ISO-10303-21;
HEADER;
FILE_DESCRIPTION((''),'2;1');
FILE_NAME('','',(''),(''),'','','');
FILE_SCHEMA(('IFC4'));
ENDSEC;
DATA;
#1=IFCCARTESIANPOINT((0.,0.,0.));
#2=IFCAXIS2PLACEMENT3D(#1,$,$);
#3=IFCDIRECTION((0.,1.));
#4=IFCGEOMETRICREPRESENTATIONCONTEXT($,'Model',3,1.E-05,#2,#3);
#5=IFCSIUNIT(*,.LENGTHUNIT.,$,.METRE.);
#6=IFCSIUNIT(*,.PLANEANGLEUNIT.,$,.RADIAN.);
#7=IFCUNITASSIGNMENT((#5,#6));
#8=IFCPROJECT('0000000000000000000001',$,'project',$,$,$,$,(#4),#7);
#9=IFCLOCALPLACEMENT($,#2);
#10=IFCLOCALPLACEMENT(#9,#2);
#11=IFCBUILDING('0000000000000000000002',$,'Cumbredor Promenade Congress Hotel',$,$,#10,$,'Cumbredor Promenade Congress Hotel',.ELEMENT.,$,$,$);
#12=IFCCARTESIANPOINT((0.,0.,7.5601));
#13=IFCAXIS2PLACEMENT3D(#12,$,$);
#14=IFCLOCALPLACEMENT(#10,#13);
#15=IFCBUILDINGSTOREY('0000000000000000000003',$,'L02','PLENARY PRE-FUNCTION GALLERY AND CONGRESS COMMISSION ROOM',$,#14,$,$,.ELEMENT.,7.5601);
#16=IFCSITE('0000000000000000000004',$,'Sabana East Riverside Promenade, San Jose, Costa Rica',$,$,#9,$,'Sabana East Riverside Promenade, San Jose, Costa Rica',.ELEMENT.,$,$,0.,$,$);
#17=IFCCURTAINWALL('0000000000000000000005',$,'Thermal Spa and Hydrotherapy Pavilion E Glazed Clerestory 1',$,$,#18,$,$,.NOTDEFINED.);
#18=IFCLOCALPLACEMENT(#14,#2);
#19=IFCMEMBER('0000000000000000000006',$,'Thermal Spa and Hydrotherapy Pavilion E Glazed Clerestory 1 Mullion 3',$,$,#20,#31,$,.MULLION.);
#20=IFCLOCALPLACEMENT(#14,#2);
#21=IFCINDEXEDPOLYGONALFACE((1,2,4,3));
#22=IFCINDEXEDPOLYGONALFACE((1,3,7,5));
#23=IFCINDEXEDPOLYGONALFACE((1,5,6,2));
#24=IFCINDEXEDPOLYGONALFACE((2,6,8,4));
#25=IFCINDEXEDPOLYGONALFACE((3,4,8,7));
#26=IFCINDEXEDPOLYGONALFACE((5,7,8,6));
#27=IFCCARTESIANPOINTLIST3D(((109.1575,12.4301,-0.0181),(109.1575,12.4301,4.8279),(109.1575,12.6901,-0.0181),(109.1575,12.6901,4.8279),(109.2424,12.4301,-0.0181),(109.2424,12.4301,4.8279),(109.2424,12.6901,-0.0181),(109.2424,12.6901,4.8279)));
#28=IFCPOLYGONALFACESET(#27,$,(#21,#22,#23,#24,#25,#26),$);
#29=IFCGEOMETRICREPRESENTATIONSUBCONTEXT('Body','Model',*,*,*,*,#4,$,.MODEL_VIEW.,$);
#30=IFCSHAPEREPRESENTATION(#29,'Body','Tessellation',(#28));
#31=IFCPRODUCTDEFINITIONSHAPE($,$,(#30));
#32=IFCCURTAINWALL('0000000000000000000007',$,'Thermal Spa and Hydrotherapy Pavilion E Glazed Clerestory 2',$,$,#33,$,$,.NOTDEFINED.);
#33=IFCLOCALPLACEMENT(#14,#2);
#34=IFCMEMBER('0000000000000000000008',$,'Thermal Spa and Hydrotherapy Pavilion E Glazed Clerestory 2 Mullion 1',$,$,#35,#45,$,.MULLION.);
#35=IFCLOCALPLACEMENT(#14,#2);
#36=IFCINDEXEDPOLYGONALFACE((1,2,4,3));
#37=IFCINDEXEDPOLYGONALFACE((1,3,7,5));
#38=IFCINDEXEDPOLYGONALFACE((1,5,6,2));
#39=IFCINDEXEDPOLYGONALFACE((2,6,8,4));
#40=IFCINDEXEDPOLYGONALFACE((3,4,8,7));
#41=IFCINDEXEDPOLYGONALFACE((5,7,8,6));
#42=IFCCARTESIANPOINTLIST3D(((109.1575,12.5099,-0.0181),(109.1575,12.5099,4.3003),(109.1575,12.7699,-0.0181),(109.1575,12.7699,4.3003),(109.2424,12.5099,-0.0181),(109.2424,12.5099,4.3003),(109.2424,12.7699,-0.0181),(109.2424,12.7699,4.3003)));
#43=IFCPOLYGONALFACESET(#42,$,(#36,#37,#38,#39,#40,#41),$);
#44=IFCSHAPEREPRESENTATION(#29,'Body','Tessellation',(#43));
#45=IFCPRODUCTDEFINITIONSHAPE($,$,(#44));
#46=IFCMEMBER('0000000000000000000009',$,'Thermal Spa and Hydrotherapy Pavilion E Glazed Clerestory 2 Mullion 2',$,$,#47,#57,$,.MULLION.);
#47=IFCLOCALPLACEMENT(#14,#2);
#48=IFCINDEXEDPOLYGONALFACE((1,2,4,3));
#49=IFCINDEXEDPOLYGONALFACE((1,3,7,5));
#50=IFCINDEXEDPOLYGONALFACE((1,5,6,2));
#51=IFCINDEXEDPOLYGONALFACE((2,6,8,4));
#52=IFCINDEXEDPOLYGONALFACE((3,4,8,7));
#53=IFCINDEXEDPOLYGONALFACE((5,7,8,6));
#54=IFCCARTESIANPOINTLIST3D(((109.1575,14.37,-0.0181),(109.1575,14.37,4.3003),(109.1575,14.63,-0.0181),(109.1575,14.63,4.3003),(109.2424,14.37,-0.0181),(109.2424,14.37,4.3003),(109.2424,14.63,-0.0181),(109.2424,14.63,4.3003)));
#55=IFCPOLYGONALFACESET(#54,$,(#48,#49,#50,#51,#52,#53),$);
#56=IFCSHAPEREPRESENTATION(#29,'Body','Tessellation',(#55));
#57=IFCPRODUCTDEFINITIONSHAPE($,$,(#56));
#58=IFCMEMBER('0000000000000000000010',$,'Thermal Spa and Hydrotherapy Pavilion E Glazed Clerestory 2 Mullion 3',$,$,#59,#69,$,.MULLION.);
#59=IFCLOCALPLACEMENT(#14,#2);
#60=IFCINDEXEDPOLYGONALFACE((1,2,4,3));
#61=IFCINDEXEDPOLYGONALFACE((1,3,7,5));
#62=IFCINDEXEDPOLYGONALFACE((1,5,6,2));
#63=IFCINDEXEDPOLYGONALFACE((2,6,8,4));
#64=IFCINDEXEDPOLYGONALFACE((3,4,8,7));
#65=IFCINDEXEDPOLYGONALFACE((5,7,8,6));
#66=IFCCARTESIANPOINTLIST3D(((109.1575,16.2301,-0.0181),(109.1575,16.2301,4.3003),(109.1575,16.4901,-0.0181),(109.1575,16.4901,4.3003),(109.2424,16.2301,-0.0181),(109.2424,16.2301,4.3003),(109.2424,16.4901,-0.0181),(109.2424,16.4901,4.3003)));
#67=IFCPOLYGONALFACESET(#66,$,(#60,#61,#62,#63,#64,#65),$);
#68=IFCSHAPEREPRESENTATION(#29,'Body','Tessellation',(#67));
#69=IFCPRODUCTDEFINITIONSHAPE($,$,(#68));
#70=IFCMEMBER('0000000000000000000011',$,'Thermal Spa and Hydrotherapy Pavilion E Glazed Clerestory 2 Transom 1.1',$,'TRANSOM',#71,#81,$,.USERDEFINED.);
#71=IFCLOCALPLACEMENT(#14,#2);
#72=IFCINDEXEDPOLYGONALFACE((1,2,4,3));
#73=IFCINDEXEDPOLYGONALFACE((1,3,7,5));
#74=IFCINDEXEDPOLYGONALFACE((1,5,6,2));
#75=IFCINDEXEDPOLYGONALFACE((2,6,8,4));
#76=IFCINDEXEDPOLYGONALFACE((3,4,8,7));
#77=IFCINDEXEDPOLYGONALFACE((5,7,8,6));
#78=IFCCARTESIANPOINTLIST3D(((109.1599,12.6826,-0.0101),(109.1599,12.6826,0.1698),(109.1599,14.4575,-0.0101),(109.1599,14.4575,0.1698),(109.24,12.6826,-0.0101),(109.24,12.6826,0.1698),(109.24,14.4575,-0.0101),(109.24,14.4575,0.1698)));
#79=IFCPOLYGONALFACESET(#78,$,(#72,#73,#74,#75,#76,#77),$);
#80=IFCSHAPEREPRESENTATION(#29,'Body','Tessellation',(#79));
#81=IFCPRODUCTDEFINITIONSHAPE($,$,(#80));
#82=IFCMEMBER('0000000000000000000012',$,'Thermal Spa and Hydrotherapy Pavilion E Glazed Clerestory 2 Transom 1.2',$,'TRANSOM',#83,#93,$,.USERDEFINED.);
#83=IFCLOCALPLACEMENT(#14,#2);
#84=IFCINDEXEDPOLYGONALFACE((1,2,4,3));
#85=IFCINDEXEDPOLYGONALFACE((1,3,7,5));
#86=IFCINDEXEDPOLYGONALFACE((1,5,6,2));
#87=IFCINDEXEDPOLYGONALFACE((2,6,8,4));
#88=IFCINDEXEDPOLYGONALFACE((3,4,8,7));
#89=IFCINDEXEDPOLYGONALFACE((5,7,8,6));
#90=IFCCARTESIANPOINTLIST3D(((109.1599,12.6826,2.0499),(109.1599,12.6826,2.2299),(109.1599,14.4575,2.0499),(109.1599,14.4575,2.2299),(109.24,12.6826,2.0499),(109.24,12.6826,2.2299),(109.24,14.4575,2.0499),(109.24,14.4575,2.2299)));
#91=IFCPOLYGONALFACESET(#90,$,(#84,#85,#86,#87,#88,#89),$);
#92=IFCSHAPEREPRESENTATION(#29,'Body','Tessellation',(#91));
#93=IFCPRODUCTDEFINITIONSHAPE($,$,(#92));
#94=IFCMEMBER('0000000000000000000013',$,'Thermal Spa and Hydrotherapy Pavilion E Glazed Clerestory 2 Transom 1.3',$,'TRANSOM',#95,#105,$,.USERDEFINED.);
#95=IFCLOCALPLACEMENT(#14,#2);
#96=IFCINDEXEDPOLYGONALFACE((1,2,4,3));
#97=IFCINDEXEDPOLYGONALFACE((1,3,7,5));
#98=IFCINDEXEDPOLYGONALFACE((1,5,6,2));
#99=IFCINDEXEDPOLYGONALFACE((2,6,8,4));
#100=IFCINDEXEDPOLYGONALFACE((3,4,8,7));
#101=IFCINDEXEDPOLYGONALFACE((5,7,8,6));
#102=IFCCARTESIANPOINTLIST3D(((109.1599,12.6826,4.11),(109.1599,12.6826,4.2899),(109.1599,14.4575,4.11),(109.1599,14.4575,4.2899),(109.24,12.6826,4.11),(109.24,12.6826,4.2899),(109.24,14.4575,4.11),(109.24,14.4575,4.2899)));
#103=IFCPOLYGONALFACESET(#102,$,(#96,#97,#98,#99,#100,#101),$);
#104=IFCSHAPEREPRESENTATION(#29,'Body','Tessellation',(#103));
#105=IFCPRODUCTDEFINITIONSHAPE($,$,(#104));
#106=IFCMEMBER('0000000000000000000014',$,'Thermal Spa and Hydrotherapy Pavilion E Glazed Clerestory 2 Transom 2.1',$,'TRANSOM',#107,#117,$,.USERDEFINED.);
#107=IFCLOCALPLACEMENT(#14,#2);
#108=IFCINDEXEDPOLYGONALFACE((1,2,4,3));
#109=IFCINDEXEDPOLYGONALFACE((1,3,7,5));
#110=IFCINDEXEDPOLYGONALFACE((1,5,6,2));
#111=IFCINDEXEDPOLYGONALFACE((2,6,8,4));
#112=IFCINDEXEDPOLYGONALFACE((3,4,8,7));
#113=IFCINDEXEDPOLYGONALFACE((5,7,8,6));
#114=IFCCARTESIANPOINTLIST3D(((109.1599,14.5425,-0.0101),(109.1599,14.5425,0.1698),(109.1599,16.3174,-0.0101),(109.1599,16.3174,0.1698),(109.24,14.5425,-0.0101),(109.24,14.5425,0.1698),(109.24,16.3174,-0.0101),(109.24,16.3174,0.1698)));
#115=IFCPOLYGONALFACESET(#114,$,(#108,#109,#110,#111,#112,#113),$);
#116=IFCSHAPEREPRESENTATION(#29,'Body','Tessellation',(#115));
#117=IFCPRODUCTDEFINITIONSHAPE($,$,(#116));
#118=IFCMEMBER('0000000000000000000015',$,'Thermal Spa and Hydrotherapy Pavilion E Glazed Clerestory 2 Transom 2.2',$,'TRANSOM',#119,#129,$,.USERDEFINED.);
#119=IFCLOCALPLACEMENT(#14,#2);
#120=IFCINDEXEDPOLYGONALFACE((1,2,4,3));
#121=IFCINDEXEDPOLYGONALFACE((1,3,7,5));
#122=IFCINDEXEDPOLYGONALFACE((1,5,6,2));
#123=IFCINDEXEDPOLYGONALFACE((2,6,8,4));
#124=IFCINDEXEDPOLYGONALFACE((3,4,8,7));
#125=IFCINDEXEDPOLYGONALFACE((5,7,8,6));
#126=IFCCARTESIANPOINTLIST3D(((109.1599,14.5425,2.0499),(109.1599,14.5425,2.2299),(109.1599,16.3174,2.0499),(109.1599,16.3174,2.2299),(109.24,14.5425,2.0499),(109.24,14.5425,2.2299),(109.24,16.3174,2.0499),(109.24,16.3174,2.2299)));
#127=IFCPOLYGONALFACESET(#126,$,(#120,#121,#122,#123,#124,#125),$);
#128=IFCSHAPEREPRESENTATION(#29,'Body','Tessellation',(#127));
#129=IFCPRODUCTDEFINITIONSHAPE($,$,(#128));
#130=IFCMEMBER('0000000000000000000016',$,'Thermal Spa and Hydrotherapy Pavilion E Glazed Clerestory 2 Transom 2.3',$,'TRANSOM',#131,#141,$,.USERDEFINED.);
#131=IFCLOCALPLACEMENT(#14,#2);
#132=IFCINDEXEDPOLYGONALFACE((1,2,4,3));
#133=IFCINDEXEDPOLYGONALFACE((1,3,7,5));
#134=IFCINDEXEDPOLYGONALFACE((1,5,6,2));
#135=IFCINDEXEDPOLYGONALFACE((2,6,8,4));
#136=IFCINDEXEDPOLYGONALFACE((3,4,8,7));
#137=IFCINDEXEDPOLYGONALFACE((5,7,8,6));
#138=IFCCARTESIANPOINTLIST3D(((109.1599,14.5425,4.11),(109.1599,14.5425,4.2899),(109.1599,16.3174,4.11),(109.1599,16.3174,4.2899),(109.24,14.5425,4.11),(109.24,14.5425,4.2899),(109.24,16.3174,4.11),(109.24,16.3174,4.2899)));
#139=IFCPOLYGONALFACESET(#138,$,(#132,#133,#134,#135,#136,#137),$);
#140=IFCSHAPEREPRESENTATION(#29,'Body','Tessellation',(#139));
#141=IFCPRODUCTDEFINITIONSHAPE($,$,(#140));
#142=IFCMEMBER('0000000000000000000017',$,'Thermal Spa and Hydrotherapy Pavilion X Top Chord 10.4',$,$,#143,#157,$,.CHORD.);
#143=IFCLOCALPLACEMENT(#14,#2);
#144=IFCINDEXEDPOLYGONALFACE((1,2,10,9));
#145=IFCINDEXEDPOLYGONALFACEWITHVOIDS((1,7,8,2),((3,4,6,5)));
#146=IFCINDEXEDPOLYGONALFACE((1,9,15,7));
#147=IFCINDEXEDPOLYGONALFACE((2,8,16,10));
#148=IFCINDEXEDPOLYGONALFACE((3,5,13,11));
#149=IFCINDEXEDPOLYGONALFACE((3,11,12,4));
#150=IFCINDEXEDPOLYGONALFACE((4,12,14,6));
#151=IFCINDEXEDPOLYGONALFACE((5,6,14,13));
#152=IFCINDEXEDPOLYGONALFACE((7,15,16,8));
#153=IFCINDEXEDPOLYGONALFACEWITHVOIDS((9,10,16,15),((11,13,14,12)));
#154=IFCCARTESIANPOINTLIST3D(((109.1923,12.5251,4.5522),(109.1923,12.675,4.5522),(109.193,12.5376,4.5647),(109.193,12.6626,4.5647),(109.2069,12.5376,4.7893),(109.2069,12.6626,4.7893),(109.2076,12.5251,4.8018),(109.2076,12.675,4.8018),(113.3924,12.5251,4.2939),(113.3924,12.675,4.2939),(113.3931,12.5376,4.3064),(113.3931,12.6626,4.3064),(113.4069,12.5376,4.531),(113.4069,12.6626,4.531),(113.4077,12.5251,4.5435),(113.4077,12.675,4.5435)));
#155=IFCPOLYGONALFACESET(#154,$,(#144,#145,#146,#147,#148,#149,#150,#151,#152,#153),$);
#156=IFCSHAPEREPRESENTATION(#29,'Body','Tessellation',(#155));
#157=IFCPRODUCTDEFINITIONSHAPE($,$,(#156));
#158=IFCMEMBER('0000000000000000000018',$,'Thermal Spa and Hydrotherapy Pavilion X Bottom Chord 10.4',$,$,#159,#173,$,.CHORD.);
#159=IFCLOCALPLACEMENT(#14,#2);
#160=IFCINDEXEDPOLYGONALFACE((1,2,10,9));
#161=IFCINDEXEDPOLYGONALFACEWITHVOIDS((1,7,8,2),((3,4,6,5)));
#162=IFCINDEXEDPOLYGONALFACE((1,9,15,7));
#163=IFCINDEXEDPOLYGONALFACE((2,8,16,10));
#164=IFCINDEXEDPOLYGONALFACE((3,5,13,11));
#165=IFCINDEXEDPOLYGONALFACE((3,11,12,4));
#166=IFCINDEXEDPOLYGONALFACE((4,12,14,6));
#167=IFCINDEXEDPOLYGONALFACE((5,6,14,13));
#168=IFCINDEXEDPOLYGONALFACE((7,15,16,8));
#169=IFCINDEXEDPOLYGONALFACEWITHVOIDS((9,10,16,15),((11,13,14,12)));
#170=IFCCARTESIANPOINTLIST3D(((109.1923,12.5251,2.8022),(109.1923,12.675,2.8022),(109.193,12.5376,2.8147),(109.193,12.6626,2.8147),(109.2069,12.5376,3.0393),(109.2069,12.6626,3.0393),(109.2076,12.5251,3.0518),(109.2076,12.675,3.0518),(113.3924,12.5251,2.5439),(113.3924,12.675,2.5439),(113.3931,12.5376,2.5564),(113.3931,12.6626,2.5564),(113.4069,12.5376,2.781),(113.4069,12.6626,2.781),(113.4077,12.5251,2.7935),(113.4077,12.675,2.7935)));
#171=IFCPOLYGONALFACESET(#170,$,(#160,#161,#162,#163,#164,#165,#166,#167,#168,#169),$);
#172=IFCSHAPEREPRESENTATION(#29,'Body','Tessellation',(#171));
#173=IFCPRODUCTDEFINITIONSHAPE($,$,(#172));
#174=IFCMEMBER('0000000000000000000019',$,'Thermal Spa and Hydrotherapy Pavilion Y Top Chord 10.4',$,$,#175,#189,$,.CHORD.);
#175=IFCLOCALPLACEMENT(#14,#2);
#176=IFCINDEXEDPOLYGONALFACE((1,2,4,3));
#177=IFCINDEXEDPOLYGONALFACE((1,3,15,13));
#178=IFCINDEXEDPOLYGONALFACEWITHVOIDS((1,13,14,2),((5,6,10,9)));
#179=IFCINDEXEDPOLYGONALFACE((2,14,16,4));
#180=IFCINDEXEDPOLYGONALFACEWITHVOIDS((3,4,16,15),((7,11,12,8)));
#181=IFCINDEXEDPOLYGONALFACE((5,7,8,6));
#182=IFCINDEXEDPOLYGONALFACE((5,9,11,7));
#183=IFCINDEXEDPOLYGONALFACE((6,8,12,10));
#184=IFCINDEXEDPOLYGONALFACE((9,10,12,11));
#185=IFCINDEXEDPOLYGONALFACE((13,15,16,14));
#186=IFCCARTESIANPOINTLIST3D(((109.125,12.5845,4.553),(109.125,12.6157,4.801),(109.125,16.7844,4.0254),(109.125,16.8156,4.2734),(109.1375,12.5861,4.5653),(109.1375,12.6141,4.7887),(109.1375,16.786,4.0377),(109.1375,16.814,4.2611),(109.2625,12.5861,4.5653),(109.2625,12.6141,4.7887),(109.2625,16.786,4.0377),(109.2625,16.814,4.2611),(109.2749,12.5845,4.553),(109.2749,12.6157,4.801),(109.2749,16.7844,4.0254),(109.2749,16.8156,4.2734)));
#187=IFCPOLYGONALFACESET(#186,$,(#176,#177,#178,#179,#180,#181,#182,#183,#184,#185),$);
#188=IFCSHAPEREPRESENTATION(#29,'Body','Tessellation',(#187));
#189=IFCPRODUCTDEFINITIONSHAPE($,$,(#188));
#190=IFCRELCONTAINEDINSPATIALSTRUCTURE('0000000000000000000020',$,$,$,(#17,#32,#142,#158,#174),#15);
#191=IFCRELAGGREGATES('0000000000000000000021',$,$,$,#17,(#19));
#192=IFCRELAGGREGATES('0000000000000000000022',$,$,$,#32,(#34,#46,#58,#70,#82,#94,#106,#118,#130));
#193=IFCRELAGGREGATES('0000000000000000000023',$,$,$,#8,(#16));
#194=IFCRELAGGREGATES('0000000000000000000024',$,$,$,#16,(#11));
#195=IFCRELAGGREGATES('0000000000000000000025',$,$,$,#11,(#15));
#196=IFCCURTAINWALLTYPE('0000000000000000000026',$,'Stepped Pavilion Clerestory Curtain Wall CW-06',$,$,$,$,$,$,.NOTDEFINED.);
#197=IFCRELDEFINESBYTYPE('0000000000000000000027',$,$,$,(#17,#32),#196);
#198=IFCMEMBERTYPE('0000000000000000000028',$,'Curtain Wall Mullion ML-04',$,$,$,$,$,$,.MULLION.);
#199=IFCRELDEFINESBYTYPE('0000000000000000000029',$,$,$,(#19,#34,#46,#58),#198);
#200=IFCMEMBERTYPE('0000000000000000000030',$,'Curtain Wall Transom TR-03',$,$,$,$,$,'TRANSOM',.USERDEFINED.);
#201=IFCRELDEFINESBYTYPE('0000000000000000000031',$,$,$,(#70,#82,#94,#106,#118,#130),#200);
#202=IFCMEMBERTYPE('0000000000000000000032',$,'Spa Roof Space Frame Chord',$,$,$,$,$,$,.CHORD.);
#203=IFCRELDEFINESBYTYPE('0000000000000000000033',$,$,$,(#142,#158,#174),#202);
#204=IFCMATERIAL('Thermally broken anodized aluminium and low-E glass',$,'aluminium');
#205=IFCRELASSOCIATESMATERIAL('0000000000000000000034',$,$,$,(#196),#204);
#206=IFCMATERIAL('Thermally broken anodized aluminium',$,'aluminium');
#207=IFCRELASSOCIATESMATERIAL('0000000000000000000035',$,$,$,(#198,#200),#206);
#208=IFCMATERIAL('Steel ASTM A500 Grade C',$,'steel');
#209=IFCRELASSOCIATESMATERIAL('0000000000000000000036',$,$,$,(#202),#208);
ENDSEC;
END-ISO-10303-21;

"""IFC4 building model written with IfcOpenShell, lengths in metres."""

from ifc_helpers import new_model, si_unit, direction, frame, origin, origin_2d, place, context, subcontext, project, spatial, rectangle, hollow_rectangle, extrude, material, material_profile, profile_set, type_object, element, aggregate, save


model = new_model("IFC4")

# Units and contexts
model_context = context("Model", 3, precision=1e-05, world=origin(), true_north=direction((0.0, 1.0)))
body_context = subcontext(model_context, "Body", "Model", "MODEL_VIEW")
ifc_project = project(units=[si_unit("LENGTHUNIT", "METRE"), si_unit("PLANEANGLEUNIT", "RADIAN")], contexts=[model_context])

# Site, building, storey
site_placement = place(None, origin())
site = spatial("IfcSite", under=ifc_project, at=site_placement, Name="Sabana East Riverside Promenade, San Jose, Costa Rica", LongName="Sabana East Riverside Promenade, San Jose, Costa Rica", CompositionType="ELEMENT", RefElevation=0.0)
building_placement = place(site_placement, origin())
building = spatial("IfcBuilding", under=site, at=building_placement, Name="Cumbredor Promenade Congress Hotel", LongName="Cumbredor Promenade Congress Hotel", CompositionType="ELEMENT")
storey_placement = place(building_placement, frame((0.0, 0.0, 7.5601)))
storey = spatial("IfcBuildingStorey", under=building, at=storey_placement, Name="L02", Description="PLENARY PRE-FUNCTION GALLERY AND CONGRESS COMMISSION ROOM", CompositionType="ELEMENT", Elevation=7.5601)

# Curtain wall, member
ifc_material_1 = material(Name="Thermally broken anodized aluminium and low-E glass", Category="aluminium")
curtain_wall_type = type_object("IfcCurtainWallType", Name="Stepped Pavilion Clerestory Curtain Wall CW-06", PredefinedType="NOTDEFINED", material=ifc_material_1)
curtain_wall_1_placement = place(storey_placement, origin())
curtain_wall_1 = element("IfcCurtainWall", 1, at=curtain_wall_1_placement, inside=storey, type_object=curtain_wall_type, Name="Thermal Spa and Hydrotherapy Pavilion E Glazed Clerestory 1", PredefinedType="NOTDEFINED")
ifc_material_2 = material(Name="Thermally broken anodized aluminium", Category="aluminium")
ifc_material_profile_1 = material_profile(ifc_material_2, rectangle(XDim=0.085, YDim=0.26, at=origin_2d()), Name="ALU MULLION CLERESTORY 85x260")
ifc_profile_set_1 = profile_set([ifc_material_profile_1], Name="Thermally broken anodized aluminium")
member_type_1 = type_object("IfcMemberType", Name="Curtain Wall Mullion ML-04", PredefinedType="MULLION", material=ifc_profile_set_1)
member_1_placement = place(storey_placement, frame((109.2, 12.5601, -0.0181), z_axis=(0.0, 0.0, 1.0), x_axis=(1.0, 0.0, 0.0)))
member_1 = element("IfcMember", 2, at=member_1_placement, type_object=member_type_1, Name="Thermal Spa and Hydrotherapy Pavilion E Glazed Clerestory 1 Mullion 3", PredefinedType="MULLION", context=body_context, shape_type="SweptSolid", body=[
    extrude(rectangle(XDim=0.085, YDim=0.26, at=origin_2d()), origin(), (0.0, 0.0, 1.0), 4.8459),
])

# Curtain wall, members
curtain_wall_2_placement = place(storey_placement, origin())
curtain_wall_2 = element("IfcCurtainWall", 3, at=curtain_wall_2_placement, inside=storey, type_object=curtain_wall_type, Name="Thermal Spa and Hydrotherapy Pavilion E Glazed Clerestory 2", PredefinedType="NOTDEFINED")
member_2_placement = place(storey_placement, frame((109.2, 12.6399, -0.0181), z_axis=(0.0, 0.0, 1.0), x_axis=(1.0, 0.0, 0.0)))
member_2 = element("IfcMember", 4, at=member_2_placement, type_object=member_type_1, Name="Thermal Spa and Hydrotherapy Pavilion E Glazed Clerestory 2 Mullion 1", PredefinedType="MULLION", context=body_context, shape_type="SweptSolid", body=[
    extrude(rectangle(XDim=0.085, YDim=0.26, at=origin_2d()), origin(), (0.0, 0.0, 1.0), 4.3184),
])
member_3_placement = place(storey_placement, frame((109.2, 14.5, -0.0181), z_axis=(0.0, 0.0, 1.0), x_axis=(1.0, 0.0, 0.0)))
member_3 = element("IfcMember", 5, at=member_3_placement, type_object=member_type_1, Name="Thermal Spa and Hydrotherapy Pavilion E Glazed Clerestory 2 Mullion 2", PredefinedType="MULLION", context=body_context, shape_type="SweptSolid", body=[
    extrude(rectangle(XDim=0.085, YDim=0.26, at=origin_2d()), origin(), (0.0, 0.0, 1.0), 4.3184),
])
member_4_placement = place(storey_placement, frame((109.2, 16.3601, -0.0181), z_axis=(0.0, 0.0, 1.0), x_axis=(1.0, 0.0, 0.0)))
member_4 = element("IfcMember", 6, at=member_4_placement, type_object=member_type_1, Name="Thermal Spa and Hydrotherapy Pavilion E Glazed Clerestory 2 Mullion 3", PredefinedType="MULLION", context=body_context, shape_type="SweptSolid", body=[
    extrude(rectangle(XDim=0.085, YDim=0.26, at=origin_2d()), origin(), (0.0, 0.0, 1.0), 4.3184),
])
ifc_material_profile_2 = material_profile(ifc_material_2, rectangle(XDim=0.0801, YDim=0.1799, at=origin_2d()), Name="ALU TRANSOM 80x180")
ifc_profile_set_2 = profile_set([ifc_material_profile_2], Name="Thermally broken anodized aluminium")
member_type_2 = type_object("IfcMemberType", Name="Curtain Wall Transom TR-03", ElementType="TRANSOM", PredefinedType="USERDEFINED", material=ifc_profile_set_2)
member_5_placement = place(storey_placement, frame((109.2, 12.6826, 0.0798), z_axis=(0.0, 1.0, 0.0), x_axis=(-1.0, 0.0, 0.0)))
member_5 = element("IfcMember", 7, at=member_5_placement, type_object=member_type_2, Name="Thermal Spa and Hydrotherapy Pavilion E Glazed Clerestory 2 Transom 1.1", ObjectType="TRANSOM", PredefinedType="USERDEFINED", context=body_context, shape_type="SweptSolid", body=[
    extrude(rectangle(XDim=0.0801, YDim=0.1799, at=origin_2d()), origin(), (0.0, 0.0, 1.0), 1.7749),
])
member_6_placement = place(storey_placement, frame((109.2, 12.6826, 2.1399), z_axis=(0.0, 1.0, 0.0), x_axis=(-1.0, 0.0, 0.0)))
member_6 = element("IfcMember", 8, at=member_6_placement, type_object=member_type_2, Name="Thermal Spa and Hydrotherapy Pavilion E Glazed Clerestory 2 Transom 1.2", ObjectType="TRANSOM", PredefinedType="USERDEFINED", context=body_context, shape_type="SweptSolid", body=[
    extrude(rectangle(XDim=0.0801, YDim=0.1799, at=origin_2d()), origin(), (0.0, 0.0, 1.0), 1.7749),
])
member_7_placement = place(storey_placement, frame((109.2, 12.6826, 4.2), z_axis=(0.0, 1.0, 0.0), x_axis=(-1.0, 0.0, 0.0)))
member_7 = element("IfcMember", 9, at=member_7_placement, type_object=member_type_2, Name="Thermal Spa and Hydrotherapy Pavilion E Glazed Clerestory 2 Transom 1.3", ObjectType="TRANSOM", PredefinedType="USERDEFINED", context=body_context, shape_type="SweptSolid", body=[
    extrude(rectangle(XDim=0.0801, YDim=0.1799, at=origin_2d()), origin(), (0.0, 0.0, 1.0), 1.7749),
])
member_8_placement = place(storey_placement, frame((109.2, 14.5425, 0.0798), z_axis=(0.0, 1.0, 0.0), x_axis=(-1.0, 0.0, 0.0)))
member_8 = element("IfcMember", 10, at=member_8_placement, type_object=member_type_2, Name="Thermal Spa and Hydrotherapy Pavilion E Glazed Clerestory 2 Transom 2.1", ObjectType="TRANSOM", PredefinedType="USERDEFINED", context=body_context, shape_type="SweptSolid", body=[
    extrude(rectangle(XDim=0.0801, YDim=0.1799, at=origin_2d()), origin(), (0.0, 0.0, 1.0), 1.7749),
])
member_9_placement = place(storey_placement, frame((109.2, 14.5425, 2.1399), z_axis=(0.0, 1.0, 0.0), x_axis=(-1.0, 0.0, 0.0)))
member_9 = element("IfcMember", 11, at=member_9_placement, type_object=member_type_2, Name="Thermal Spa and Hydrotherapy Pavilion E Glazed Clerestory 2 Transom 2.2", ObjectType="TRANSOM", PredefinedType="USERDEFINED", context=body_context, shape_type="SweptSolid", body=[
    extrude(rectangle(XDim=0.0801, YDim=0.1799, at=origin_2d()), origin(), (0.0, 0.0, 1.0), 1.7749),
])
member_10_placement = place(storey_placement, frame((109.2, 14.5425, 4.2), z_axis=(0.0, 1.0, 0.0), x_axis=(-1.0, 0.0, 0.0)))
member_10 = element("IfcMember", 12, at=member_10_placement, type_object=member_type_2, Name="Thermal Spa and Hydrotherapy Pavilion E Glazed Clerestory 2 Transom 2.3", ObjectType="TRANSOM", PredefinedType="USERDEFINED", context=body_context, shape_type="SweptSolid", body=[
    extrude(rectangle(XDim=0.0801, YDim=0.1799, at=origin_2d()), origin(), (0.0, 0.0, 1.0), 1.7749),
])

# Members
ifc_material_3 = material(Name="Steel ASTM A500 Grade C", Category="steel")
ifc_material_profile_3 = material_profile(ifc_material_3, hollow_rectangle(XDim=0.1499, YDim=0.25, WallThickness=0.0125, at=origin_2d()), Name="HSS 250x150x12.5")
ifc_profile_set_3 = profile_set([ifc_material_profile_3], Name="Steel ASTM A500 Grade C")
member_type_3 = type_object("IfcMemberType", Name="Spa Roof Space Frame Chord", PredefinedType="CHORD", material=ifc_profile_set_3)
for number, where, z_axis, x_axis, name in (
    (13, (109.2, 12.6001, 4.677), (0.998114, 0.0, -0.061385), (0.0, 1.0, 0.0), "Thermal Spa and Hydrotherapy Pavilion X Top Chord 10.4"),
    (14, (109.2, 12.6001, 2.927), (0.998114, 0.0, -0.061385), (0.0, 1.0, 0.0), "Thermal Spa and Hydrotherapy Pavilion X Bottom Chord 10.4"),
):
    element("IfcMember", number, at=place(storey_placement, frame(where, z_axis=z_axis, x_axis=x_axis)), inside=storey, type_object=member_type_3, Name=name, PredefinedType="CHORD", context=body_context, shape_type="SweptSolid", body=[
        extrude(hollow_rectangle(XDim=0.1499, YDim=0.25, WallThickness=0.0125, at=origin_2d()), origin(), (0.0, 0.0, 1.0), 4.208),
    ])
for number, where, z_axis, x_axis, name in (
    (15, (109.2, 12.6001, 4.677), (0.0, 0.992202, -0.124638), (-1.0, 0.0, 0.0), "Thermal Spa and Hydrotherapy Pavilion Y Top Chord 10.4"),
):
    element("IfcMember", number, at=place(storey_placement, frame(where, z_axis=z_axis, x_axis=x_axis)), inside=storey, type_object=member_type_3, Name=name, PredefinedType="CHORD", context=body_context, shape_type="SweptSolid", body=[
        extrude(hollow_rectangle(XDim=0.1499, YDim=0.25, WallThickness=0.0125, at=origin_2d()), origin(), (0.0, 0.0, 1.0), 4.2329),
    ])

aggregate(curtain_wall_1, [member_1])
aggregate(curtain_wall_2, [member_2, member_3, member_4, member_5, member_6, member_7, member_8, member_9, member_10])

save(model, "model.ifc")
